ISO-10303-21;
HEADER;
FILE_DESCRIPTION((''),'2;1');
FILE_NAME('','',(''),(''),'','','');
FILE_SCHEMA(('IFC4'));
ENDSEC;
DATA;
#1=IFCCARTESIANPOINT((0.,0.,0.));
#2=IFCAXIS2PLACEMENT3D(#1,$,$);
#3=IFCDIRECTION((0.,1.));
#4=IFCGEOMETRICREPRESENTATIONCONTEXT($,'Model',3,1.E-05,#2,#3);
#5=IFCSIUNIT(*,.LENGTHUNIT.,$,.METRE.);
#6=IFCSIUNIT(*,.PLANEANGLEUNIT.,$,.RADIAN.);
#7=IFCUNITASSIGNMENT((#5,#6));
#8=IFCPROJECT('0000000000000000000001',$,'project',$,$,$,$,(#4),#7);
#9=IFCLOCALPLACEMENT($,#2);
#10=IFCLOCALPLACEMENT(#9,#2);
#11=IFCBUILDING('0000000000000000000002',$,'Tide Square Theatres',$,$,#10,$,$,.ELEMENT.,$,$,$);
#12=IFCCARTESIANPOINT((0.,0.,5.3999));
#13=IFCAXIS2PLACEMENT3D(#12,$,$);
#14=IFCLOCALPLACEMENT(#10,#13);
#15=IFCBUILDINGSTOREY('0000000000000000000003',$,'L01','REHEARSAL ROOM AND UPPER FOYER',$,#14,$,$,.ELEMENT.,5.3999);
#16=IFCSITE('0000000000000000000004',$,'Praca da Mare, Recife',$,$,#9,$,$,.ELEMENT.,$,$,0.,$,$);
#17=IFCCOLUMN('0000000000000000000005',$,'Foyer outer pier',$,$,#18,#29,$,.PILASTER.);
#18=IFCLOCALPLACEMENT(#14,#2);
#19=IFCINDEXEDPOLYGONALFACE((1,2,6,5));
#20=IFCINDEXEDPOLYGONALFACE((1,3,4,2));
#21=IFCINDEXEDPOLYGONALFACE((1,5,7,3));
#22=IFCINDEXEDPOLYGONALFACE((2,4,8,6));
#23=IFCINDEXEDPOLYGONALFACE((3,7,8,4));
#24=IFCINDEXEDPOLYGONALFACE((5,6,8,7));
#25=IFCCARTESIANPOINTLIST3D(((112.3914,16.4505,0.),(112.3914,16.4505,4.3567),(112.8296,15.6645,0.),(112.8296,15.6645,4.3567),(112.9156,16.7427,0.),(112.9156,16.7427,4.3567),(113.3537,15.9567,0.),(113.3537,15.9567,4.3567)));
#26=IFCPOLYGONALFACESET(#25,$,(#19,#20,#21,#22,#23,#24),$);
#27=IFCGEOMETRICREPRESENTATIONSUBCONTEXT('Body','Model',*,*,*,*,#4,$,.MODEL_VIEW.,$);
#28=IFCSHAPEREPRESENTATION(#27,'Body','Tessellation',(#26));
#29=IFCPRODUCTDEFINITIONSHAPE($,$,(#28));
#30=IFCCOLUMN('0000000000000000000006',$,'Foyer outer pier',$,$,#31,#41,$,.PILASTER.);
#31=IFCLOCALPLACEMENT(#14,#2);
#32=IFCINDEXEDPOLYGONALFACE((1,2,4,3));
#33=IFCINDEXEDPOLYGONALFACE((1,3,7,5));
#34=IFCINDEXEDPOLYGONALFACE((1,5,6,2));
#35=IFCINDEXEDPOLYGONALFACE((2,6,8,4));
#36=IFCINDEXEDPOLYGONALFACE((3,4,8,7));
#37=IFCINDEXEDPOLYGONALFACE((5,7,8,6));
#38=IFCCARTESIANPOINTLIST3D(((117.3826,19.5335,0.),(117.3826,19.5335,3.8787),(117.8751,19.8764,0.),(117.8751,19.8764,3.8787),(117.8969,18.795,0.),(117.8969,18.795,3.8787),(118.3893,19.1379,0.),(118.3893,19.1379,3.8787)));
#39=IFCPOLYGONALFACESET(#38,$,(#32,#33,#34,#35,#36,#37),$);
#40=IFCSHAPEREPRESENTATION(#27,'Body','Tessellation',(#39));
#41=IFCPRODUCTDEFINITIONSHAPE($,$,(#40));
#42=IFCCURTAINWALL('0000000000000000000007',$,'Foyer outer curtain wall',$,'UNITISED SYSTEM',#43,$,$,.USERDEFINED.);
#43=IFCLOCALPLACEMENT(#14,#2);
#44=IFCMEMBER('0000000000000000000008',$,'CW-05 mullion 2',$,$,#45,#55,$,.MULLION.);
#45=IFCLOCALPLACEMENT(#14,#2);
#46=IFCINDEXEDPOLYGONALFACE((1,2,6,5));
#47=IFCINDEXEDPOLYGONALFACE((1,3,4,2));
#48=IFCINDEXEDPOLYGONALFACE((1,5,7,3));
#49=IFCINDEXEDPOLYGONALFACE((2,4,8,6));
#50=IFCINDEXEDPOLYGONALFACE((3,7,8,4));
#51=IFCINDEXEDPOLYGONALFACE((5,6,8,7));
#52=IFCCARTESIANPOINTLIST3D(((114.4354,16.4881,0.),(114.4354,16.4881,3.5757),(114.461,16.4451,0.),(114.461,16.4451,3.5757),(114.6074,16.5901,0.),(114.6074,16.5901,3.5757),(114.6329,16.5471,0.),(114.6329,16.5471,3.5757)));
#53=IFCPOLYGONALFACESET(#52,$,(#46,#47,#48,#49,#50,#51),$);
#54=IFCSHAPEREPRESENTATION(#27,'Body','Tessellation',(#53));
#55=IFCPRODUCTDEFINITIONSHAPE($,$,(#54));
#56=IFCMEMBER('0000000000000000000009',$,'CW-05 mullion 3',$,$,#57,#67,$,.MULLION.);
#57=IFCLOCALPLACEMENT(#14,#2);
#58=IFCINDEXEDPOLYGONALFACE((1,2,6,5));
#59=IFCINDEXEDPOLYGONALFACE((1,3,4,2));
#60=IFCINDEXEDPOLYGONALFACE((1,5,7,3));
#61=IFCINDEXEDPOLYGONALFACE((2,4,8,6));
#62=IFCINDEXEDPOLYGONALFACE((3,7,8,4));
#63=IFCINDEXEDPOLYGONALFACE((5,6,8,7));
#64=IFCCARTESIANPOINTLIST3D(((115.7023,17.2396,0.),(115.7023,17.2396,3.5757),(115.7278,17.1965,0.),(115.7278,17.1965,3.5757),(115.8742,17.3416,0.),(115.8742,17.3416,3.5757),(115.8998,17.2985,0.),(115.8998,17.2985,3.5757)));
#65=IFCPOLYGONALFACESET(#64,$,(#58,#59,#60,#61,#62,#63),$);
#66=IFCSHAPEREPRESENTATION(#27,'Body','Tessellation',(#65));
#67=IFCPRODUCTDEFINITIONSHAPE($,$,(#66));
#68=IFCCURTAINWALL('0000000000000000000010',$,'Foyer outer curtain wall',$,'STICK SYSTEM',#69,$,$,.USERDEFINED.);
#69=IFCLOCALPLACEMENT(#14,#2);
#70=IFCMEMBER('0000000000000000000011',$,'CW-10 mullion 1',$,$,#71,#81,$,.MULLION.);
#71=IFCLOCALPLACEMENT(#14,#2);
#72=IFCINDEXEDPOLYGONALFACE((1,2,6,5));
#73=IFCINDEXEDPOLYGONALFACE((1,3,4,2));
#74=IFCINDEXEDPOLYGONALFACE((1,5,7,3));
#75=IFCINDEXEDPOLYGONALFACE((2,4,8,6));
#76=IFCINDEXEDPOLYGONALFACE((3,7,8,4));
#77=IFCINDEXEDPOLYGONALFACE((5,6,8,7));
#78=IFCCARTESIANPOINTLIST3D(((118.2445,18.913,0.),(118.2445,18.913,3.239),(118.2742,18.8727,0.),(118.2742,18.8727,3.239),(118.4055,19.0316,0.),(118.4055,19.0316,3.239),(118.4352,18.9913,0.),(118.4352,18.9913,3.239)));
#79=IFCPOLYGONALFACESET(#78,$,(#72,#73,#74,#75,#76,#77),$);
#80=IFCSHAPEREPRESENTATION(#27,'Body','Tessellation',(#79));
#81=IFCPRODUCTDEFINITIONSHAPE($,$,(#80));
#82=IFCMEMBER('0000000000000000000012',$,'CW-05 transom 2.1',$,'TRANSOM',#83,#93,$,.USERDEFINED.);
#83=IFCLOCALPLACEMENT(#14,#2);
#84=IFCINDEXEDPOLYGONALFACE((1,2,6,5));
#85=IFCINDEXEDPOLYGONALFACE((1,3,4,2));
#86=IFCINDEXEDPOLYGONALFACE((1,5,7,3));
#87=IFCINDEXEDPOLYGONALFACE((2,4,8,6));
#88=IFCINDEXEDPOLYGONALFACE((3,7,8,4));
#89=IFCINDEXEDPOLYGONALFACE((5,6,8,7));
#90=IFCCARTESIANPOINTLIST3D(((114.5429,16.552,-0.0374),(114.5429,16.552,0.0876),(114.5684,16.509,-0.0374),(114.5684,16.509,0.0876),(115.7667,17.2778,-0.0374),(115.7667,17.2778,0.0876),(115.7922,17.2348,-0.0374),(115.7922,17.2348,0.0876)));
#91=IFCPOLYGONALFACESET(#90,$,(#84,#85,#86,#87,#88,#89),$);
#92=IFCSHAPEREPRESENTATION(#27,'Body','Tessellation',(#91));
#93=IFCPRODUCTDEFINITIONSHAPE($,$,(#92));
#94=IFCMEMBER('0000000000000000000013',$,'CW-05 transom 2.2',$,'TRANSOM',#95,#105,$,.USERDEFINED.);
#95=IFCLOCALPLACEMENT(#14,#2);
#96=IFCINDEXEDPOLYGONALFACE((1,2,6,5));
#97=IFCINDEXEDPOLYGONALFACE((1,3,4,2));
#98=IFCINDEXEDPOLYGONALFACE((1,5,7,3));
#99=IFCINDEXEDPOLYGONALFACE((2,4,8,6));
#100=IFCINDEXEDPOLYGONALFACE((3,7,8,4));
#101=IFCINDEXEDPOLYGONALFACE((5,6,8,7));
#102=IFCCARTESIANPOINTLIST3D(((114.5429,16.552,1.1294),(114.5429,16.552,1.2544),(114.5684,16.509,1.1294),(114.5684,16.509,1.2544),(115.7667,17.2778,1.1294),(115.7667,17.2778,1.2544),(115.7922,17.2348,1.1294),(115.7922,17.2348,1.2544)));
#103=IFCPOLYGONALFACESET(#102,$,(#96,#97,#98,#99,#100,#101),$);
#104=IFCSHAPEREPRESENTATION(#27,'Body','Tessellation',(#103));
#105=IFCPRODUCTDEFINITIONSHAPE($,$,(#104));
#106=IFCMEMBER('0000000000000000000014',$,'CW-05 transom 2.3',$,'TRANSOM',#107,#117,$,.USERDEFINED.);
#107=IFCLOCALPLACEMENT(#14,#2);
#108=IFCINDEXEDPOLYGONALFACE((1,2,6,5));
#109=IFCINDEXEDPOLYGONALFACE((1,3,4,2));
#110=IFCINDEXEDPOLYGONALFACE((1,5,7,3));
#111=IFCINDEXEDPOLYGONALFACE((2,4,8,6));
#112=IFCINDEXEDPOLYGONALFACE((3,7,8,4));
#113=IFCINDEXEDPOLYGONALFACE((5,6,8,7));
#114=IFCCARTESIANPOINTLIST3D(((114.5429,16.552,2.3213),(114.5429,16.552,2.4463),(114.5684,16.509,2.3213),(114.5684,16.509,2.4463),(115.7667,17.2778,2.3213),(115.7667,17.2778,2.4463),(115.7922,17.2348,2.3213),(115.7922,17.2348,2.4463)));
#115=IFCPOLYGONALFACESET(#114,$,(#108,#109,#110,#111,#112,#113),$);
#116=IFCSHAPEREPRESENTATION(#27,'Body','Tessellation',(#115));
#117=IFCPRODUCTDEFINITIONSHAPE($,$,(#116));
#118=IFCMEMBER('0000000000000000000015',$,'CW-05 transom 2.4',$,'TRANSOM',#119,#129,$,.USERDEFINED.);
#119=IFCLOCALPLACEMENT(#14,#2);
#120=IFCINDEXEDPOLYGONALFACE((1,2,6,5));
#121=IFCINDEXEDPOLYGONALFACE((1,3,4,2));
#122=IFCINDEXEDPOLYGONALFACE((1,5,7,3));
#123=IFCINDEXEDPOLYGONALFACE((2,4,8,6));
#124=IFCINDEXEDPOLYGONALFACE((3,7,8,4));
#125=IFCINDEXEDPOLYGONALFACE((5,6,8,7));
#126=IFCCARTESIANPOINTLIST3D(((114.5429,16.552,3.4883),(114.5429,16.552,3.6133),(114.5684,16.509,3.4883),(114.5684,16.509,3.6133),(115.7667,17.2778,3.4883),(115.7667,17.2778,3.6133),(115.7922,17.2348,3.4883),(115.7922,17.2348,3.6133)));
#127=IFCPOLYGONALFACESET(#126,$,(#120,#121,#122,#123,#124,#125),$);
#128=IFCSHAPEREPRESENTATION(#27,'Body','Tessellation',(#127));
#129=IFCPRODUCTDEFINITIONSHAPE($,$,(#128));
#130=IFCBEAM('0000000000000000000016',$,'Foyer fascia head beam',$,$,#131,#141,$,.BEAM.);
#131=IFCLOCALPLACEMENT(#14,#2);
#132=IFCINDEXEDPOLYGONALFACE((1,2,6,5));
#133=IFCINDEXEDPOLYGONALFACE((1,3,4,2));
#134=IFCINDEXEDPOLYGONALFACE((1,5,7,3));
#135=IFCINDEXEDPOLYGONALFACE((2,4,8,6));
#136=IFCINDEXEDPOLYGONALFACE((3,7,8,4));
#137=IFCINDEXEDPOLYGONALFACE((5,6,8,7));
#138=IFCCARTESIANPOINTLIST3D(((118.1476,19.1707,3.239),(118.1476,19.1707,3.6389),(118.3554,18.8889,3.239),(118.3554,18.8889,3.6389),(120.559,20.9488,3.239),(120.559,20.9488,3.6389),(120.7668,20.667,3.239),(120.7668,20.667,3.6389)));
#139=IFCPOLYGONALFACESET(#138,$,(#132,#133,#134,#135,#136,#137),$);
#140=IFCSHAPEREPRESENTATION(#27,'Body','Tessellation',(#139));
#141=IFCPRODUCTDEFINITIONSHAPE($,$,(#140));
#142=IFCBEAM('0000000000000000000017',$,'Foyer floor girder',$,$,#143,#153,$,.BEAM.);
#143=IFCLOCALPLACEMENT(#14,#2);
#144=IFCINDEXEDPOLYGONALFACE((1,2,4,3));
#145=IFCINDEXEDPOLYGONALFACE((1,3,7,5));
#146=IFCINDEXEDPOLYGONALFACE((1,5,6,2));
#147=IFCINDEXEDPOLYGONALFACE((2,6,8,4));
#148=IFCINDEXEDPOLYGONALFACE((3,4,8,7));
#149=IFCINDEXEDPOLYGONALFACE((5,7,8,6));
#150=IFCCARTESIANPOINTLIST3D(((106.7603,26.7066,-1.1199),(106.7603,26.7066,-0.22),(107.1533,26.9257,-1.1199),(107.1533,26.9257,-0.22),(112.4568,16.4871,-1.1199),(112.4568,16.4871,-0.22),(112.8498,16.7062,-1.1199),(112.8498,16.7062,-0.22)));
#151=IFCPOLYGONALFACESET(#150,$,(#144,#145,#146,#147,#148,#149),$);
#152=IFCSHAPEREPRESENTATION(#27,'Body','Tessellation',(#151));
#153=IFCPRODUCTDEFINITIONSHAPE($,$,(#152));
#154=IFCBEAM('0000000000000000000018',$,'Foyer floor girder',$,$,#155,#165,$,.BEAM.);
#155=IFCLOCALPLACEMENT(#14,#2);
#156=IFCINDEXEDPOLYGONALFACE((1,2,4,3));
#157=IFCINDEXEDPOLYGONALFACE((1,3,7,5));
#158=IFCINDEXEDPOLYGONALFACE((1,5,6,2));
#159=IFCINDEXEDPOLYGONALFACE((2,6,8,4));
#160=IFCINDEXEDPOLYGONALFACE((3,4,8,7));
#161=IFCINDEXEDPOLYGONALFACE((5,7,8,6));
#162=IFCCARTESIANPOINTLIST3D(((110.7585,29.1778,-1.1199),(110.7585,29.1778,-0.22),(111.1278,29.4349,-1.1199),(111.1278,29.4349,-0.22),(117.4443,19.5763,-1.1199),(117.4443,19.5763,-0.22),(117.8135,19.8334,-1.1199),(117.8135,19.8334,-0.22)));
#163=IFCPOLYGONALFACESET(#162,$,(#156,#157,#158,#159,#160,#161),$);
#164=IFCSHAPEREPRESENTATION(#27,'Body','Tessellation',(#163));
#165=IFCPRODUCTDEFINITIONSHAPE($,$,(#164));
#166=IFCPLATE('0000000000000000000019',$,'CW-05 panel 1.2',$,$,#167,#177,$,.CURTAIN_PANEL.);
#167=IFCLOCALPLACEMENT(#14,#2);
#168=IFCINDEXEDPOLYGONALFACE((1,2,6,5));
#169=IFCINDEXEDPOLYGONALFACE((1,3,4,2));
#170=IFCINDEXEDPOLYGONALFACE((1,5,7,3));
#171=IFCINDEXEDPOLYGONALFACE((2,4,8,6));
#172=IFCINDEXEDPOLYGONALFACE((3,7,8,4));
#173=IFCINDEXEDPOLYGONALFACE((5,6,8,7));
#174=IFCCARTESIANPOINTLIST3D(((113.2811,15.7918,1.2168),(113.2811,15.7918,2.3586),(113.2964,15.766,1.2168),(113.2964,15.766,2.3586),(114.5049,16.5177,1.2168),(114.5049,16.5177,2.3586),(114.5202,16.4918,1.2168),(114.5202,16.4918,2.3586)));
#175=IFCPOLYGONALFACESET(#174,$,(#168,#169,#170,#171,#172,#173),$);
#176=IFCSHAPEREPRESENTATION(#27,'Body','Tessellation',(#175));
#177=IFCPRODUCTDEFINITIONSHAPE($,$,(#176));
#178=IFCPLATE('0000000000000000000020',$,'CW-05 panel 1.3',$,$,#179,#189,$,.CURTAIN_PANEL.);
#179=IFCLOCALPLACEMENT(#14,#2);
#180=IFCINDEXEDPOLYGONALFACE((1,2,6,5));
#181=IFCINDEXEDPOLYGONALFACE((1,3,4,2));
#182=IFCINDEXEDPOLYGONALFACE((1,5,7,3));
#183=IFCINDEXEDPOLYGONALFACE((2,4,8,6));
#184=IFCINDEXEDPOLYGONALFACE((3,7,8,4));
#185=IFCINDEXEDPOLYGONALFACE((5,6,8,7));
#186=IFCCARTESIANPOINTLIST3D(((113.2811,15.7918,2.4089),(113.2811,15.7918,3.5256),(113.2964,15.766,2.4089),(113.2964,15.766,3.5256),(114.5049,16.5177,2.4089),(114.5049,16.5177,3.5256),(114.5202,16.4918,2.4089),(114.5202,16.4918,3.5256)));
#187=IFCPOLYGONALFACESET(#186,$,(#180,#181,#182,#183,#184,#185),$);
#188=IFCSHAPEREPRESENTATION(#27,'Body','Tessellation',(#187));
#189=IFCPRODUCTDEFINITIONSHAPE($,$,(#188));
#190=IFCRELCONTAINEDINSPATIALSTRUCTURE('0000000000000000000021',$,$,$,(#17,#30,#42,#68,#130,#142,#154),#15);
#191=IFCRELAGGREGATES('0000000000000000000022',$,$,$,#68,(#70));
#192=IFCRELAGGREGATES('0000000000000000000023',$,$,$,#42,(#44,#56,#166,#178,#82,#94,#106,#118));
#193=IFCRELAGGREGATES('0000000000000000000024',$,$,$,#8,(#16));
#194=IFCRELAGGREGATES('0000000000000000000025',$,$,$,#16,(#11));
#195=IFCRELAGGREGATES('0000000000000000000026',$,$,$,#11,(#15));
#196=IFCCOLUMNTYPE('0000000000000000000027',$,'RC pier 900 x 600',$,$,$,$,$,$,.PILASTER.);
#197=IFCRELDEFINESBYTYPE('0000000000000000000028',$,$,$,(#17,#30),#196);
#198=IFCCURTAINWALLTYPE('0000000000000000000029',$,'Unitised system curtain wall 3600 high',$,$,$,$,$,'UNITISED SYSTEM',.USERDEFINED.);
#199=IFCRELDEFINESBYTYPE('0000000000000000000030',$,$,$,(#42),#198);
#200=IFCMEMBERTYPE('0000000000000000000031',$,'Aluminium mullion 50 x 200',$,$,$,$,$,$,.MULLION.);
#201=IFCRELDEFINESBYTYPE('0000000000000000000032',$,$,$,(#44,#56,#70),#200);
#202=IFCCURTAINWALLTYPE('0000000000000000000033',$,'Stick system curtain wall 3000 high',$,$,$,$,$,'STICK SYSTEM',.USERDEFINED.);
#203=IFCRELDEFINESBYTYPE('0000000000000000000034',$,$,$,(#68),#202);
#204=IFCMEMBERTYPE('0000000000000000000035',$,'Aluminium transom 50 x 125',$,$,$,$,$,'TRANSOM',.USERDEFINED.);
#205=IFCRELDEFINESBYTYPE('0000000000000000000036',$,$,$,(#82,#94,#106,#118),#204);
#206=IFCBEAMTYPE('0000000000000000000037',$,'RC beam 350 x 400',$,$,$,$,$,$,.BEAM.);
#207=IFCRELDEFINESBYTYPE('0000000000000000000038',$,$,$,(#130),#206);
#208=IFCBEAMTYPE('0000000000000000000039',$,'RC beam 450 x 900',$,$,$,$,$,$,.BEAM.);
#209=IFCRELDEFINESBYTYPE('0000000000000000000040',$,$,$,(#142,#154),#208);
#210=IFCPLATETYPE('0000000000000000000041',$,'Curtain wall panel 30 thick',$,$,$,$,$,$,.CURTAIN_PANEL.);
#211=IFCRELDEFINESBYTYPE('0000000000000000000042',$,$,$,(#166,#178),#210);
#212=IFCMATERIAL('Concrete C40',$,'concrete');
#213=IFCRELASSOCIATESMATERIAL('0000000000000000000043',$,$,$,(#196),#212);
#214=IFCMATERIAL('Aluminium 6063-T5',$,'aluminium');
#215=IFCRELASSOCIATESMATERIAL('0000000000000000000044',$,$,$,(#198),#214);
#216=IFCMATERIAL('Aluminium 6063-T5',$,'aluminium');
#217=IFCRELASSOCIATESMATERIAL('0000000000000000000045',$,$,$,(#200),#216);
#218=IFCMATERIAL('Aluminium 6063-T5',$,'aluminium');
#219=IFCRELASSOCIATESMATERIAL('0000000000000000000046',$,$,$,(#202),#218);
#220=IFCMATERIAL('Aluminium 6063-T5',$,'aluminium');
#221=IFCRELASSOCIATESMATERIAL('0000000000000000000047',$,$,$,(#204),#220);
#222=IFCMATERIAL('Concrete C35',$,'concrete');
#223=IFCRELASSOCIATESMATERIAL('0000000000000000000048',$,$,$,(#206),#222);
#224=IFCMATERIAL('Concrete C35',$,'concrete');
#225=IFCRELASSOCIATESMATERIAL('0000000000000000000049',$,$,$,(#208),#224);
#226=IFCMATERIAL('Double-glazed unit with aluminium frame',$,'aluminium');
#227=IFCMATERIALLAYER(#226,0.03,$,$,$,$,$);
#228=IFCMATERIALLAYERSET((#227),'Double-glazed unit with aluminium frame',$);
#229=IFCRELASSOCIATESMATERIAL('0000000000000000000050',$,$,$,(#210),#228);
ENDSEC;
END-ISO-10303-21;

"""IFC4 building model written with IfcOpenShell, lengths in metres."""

from ifc_helpers import new_model, si_unit, direction, frame, origin, origin_2d, place, context, subcontext, project, spatial, rectangle, extrude, material, layer, layer_set, material_profile, profile_set, type_object, element, aggregate, save


model = new_model("IFC4")

# Units and contexts
model_context = context("Model", 3, precision=1e-05, world=origin(), true_north=direction((0.0, 1.0)))
body_context = subcontext(model_context, "Body", "Model", "MODEL_VIEW")
ifc_project = project(units=[si_unit("LENGTHUNIT", "METRE"), si_unit("PLANEANGLEUNIT", "RADIAN")], contexts=[model_context])

# Site, building, storey
site_placement = place(None, origin())
site = spatial("IfcSite", under=ifc_project, at=site_placement, Name="Praca da Mare, Recife", CompositionType="ELEMENT", RefElevation=0.0)
building_placement = place(site_placement, origin())
building = spatial("IfcBuilding", under=site, at=building_placement, Name="Tide Square Theatres", CompositionType="ELEMENT")
storey_placement = place(building_placement, frame((0.0, 0.0, 5.3999)))
storey = spatial("IfcBuildingStorey", under=building, at=storey_placement, Name="L01", Description="REHEARSAL ROOM AND UPPER FOYER", CompositionType="ELEMENT", Elevation=5.3999)

# Columns
ifc_material_1 = material(Name="Concrete C40", Category="concrete")
ifc_material_profile_1 = material_profile(ifc_material_1, rectangle(XDim=0.8999, YDim=0.6001, at=origin_2d()))
ifc_profile_set_1 = profile_set([ifc_material_profile_1], Name="Concrete C40")
column_type = type_object("IfcColumnType", Name="RC pier 900 x 600", PredefinedType="PILASTER", material=ifc_profile_set_1)
column_1_placement = place(storey_placement, frame((112.8726, 16.2036, 0.0), z_axis=(0.0, 0.0, 1.0), x_axis=(0.486889, -0.873464, 0.0)))
element("IfcColumn", 1, at=column_1_placement, inside=storey, type_object=column_type, Name="Foyer outer pier", PredefinedType="PILASTER", context=body_context, shape_type="SweptSolid", body=[
    extrude(rectangle(XDim=0.8999, YDim=0.6001, at=origin_2d()), origin(), (0.0, 0.0, 1.0), 4.3567),
])
column_2_placement = place(storey_placement, frame((117.886, 19.3357, 0.0), z_axis=(0.0, 0.0, 1.0), x_axis=(0.571434, -0.820648, 0.0)))
element("IfcColumn", 2, at=column_2_placement, inside=storey, type_object=column_type, Name="Foyer outer pier", PredefinedType="PILASTER", context=body_context, shape_type="SweptSolid", body=[
    extrude(rectangle(XDim=0.8999, YDim=0.6001, at=origin_2d()), origin(), (0.0, 0.0, 1.0), 3.8787),
])

# Curtain wall, members
ifc_material_2 = material(Name="Aluminium 6063-T5", Category="aluminium")
curtain_wall_type_1 = type_object("IfcCurtainWallType", Name="Unitised system curtain wall 3600 high", ElementType="UNITISED SYSTEM", PredefinedType="USERDEFINED", material=ifc_material_2)
curtain_wall_1_placement = place(storey_placement, origin())
curtain_wall_1 = element("IfcCurtainWall", 3, at=curtain_wall_1_placement, inside=storey, type_object=curtain_wall_type_1, Name="Foyer outer curtain wall", ObjectType="UNITISED SYSTEM", PredefinedType="USERDEFINED")
ifc_material_3 = material(Name="Aluminium 6063-T5", Category="aluminium")
ifc_material_profile_2 = material_profile(ifc_material_3, rectangle(XDim=0.05, YDim=0.2, at=origin_2d()))
ifc_profile_set_2 = profile_set([ifc_material_profile_2], Name="Aluminium 6063-T5")
member_type_1 = type_object("IfcMemberType", Name="Aluminium mullion 50 x 200", PredefinedType="MULLION", material=ifc_profile_set_2)
member_1_placement = place(storey_placement, frame((114.5342, 16.5176, 0.0), z_axis=(0.0, 0.0, 1.0), x_axis=(-0.510125, 0.8601, 0.0)))
member_1 = element("IfcMember", 4, at=member_1_placement, type_object=member_type_1, Name="CW-05 mullion 2", PredefinedType="MULLION", context=body_context, shape_type="SweptSolid", body=[
    extrude(rectangle(XDim=0.05, YDim=0.2, at=origin_2d()), origin(), (0.0, 0.0, 1.0), 3.5757),
])
member_2_placement = place(storey_placement, frame((115.801, 17.269, 0.0), z_axis=(0.0, 0.0, 1.0), x_axis=(-0.510125, 0.8601, 0.0)))
member_2 = element("IfcMember", 5, at=member_2_placement, type_object=member_type_1, Name="CW-05 mullion 3", PredefinedType="MULLION", context=body_context, shape_type="SweptSolid", body=[
    extrude(rectangle(XDim=0.05, YDim=0.2, at=origin_2d()), origin(), (0.0, 0.0, 1.0), 3.5757),
])

# Curtain wall, member
ifc_material_4 = material(Name="Aluminium 6063-T5", Category="aluminium")
curtain_wall_type_2 = type_object("IfcCurtainWallType", Name="Stick system curtain wall 3000 high", ElementType="STICK SYSTEM", PredefinedType="USERDEFINED", material=ifc_material_4)
curtain_wall_2_placement = place(storey_placement, origin())
curtain_wall_2 = element("IfcCurtainWall", 6, at=curtain_wall_2_placement, inside=storey, type_object=curtain_wall_type_2, Name="Foyer outer curtain wall", ObjectType="STICK SYSTEM", PredefinedType="USERDEFINED")
member_3_placement = place(storey_placement, frame((118.3398, 18.9521, 0.0), z_axis=(0.0, 0.0, 1.0), x_axis=(-0.593508, 0.804828, 0.0)))
member_3 = element("IfcMember", 7, at=member_3_placement, type_object=member_type_1, Name="CW-10 mullion 1", PredefinedType="MULLION", context=body_context, shape_type="SweptSolid", body=[
    extrude(rectangle(XDim=0.05, YDim=0.2, at=origin_2d()), origin(), (0.0, 0.0, 1.0), 3.239),
])
aggregate(curtain_wall_2, [member_3])

# Members
ifc_material_5 = material(Name="Aluminium 6063-T5", Category="aluminium")
ifc_material_profile_3 = material_profile(ifc_material_5, rectangle(XDim=0.05, YDim=0.125, at=origin_2d()))
ifc_profile_set_3 = profile_set([ifc_material_profile_3], Name="Aluminium 6063-T5")
member_type_2 = type_object("IfcMemberType", Name="Aluminium transom 50 x 125", ElementType="TRANSOM", PredefinedType="USERDEFINED", material=ifc_profile_set_3)
member_4_placement = place(storey_placement, frame((114.5557, 16.5305, 0.0251), z_axis=(0.860116, 0.510099, 0.0), x_axis=(-0.510099, 0.860116, 0.0)))
member_4 = element("IfcMember", 8, at=member_4_placement, type_object=member_type_2, Name="CW-05 transom 2.1", ObjectType="TRANSOM", PredefinedType="USERDEFINED", context=body_context, shape_type="SweptSolid", body=[
    extrude(rectangle(XDim=0.05, YDim=0.125, at=origin_2d()), origin(), (0.0, 0.0, 1.0), 1.4229),
])
member_5_placement = place(storey_placement, frame((114.5557, 16.5305, 1.1919), z_axis=(0.860116, 0.510099, 0.0), x_axis=(-0.510099, 0.860116, 0.0)))
member_5 = element("IfcMember", 9, at=member_5_placement, type_object=member_type_2, Name="CW-05 transom 2.2", ObjectType="TRANSOM", PredefinedType="USERDEFINED", context=body_context, shape_type="SweptSolid", body=[
    extrude(rectangle(XDim=0.05, YDim=0.125, at=origin_2d()), origin(), (0.0, 0.0, 1.0), 1.4229),
])
member_6_placement = place(storey_placement, frame((114.5557, 16.5305, 2.3838), z_axis=(0.860116, 0.510099, 0.0), x_axis=(-0.510099, 0.860116, 0.0)))
member_6 = element("IfcMember", 10, at=member_6_placement, type_object=member_type_2, Name="CW-05 transom 2.3", ObjectType="TRANSOM", PredefinedType="USERDEFINED", context=body_context, shape_type="SweptSolid", body=[
    extrude(rectangle(XDim=0.05, YDim=0.125, at=origin_2d()), origin(), (0.0, 0.0, 1.0), 1.4229),
])
member_7_placement = place(storey_placement, frame((114.5557, 16.5305, 3.5508), z_axis=(0.860116, 0.510099, 0.0), x_axis=(-0.510099, 0.860116, 0.0)))
member_7 = element("IfcMember", 11, at=member_7_placement, type_object=member_type_2, Name="CW-05 transom 2.4", ObjectType="TRANSOM", PredefinedType="USERDEFINED", context=body_context, shape_type="SweptSolid", body=[
    extrude(rectangle(XDim=0.05, YDim=0.125, at=origin_2d()), origin(), (0.0, 0.0, 1.0), 1.4229),
])

# Beams
ifc_material_6 = material(Name="Concrete C35", Category="concrete")
ifc_material_profile_4 = material_profile(ifc_material_6, rectangle(XDim=0.3501, YDim=0.3999, at=origin_2d()))
ifc_profile_set_4 = profile_set([ifc_material_profile_4], Name="Concrete C35")
beam_type_1 = type_object("IfcBeamType", Name="RC beam 350 x 400", PredefinedType="BEAM", material=ifc_profile_set_4)
beam_placement = place(storey_placement, frame((118.2515, 19.0298, 3.439), z_axis=(0.804853, 0.593474, 0.0), x_axis=(-0.593474, 0.804853, 0.0)))
element("IfcBeam", 12, at=beam_placement, inside=storey, type_object=beam_type_1, Name="Foyer fascia head beam", PredefinedType="BEAM", context=body_context, shape_type="SweptSolid", body=[
    extrude(rectangle(XDim=0.3501, YDim=0.3999, at=origin_2d()), origin(), (0.0, 0.0, 1.0), 2.9961),
])
ifc_material_7 = material(Name="Concrete C35", Category="concrete")
ifc_material_profile_5 = material_profile(ifc_material_7, rectangle(XDim=0.45, YDim=0.8999, at=origin_2d()))
ifc_profile_set_5 = profile_set([ifc_material_profile_5], Name="Concrete C35")
beam_type_2 = type_object("IfcBeamType", Name="RC beam 450 x 900", PredefinedType="BEAM", material=ifc_profile_set_5)
for number, where, z_axis, x_axis, name in (
    (13, (112.6533, 16.5967, -0.6699), (-0.486886, 0.873465, 0.0), (-0.873465, -0.486886, 0.0), "Foyer floor girder"),
    (14, (117.6289, 19.7048, -0.6699), (-0.571436, 0.820647, 0.0), (-0.820647, -0.571436, 0.0), "Foyer floor girder"),
):
    element("IfcBeam", number, at=place(storey_placement, frame(where, z_axis=z_axis, x_axis=x_axis)), inside=storey, type_object=beam_type_2, Name=name, PredefinedType="BEAM", context=body_context, shape_type="SweptSolid", body=[
        extrude(rectangle(XDim=0.45, YDim=0.8999, at=origin_2d()), origin(), (0.0, 0.0, 1.0), 11.7),
    ])

# Plates
ifc_material_8 = material(Name="Double-glazed unit with aluminium frame", Category="aluminium")
ifc_layer_1 = layer(ifc_material_8, 0.03)
ifc_layer_set_1 = layer_set([ifc_layer_1], Name="Double-glazed unit with aluminium frame")
plate_type = type_object("IfcPlateType", Name="Curtain wall panel 30 thick", PredefinedType="CURTAIN_PANEL", material=ifc_layer_set_1)
plate_1_placement = place(storey_placement, frame((113.9006, 16.1418, 1.2168), z_axis=(0.0, 0.0, 1.0), x_axis=(0.8601, 0.510125, 0.0)))
plate_1 = element("IfcPlate", 15, at=plate_1_placement, type_object=plate_type, Name="CW-05 panel 1.2", PredefinedType="CURTAIN_PANEL", context=body_context, shape_type="SweptSolid", body=[
    extrude(rectangle(XDim=1.4229, YDim=0.03, at=origin_2d()), origin(), (0.0, 0.0, 1.0), 1.1418),
])
plate_2_placement = place(storey_placement, frame((113.9006, 16.1418, 2.4089), z_axis=(0.0, 0.0, 1.0), x_axis=(0.8601, 0.510125, 0.0)))
plate_2 = element("IfcPlate", 16, at=plate_2_placement, type_object=plate_type, Name="CW-05 panel 1.3", PredefinedType="CURTAIN_PANEL", context=body_context, shape_type="SweptSolid", body=[
    extrude(rectangle(XDim=1.4229, YDim=0.03, at=origin_2d()), origin(), (0.0, 0.0, 1.0), 1.1167),
])
aggregate(curtain_wall_1, [member_1, member_2, plate_1, plate_2, member_4, member_5, member_6, member_7])

save(model, "model.ifc")
